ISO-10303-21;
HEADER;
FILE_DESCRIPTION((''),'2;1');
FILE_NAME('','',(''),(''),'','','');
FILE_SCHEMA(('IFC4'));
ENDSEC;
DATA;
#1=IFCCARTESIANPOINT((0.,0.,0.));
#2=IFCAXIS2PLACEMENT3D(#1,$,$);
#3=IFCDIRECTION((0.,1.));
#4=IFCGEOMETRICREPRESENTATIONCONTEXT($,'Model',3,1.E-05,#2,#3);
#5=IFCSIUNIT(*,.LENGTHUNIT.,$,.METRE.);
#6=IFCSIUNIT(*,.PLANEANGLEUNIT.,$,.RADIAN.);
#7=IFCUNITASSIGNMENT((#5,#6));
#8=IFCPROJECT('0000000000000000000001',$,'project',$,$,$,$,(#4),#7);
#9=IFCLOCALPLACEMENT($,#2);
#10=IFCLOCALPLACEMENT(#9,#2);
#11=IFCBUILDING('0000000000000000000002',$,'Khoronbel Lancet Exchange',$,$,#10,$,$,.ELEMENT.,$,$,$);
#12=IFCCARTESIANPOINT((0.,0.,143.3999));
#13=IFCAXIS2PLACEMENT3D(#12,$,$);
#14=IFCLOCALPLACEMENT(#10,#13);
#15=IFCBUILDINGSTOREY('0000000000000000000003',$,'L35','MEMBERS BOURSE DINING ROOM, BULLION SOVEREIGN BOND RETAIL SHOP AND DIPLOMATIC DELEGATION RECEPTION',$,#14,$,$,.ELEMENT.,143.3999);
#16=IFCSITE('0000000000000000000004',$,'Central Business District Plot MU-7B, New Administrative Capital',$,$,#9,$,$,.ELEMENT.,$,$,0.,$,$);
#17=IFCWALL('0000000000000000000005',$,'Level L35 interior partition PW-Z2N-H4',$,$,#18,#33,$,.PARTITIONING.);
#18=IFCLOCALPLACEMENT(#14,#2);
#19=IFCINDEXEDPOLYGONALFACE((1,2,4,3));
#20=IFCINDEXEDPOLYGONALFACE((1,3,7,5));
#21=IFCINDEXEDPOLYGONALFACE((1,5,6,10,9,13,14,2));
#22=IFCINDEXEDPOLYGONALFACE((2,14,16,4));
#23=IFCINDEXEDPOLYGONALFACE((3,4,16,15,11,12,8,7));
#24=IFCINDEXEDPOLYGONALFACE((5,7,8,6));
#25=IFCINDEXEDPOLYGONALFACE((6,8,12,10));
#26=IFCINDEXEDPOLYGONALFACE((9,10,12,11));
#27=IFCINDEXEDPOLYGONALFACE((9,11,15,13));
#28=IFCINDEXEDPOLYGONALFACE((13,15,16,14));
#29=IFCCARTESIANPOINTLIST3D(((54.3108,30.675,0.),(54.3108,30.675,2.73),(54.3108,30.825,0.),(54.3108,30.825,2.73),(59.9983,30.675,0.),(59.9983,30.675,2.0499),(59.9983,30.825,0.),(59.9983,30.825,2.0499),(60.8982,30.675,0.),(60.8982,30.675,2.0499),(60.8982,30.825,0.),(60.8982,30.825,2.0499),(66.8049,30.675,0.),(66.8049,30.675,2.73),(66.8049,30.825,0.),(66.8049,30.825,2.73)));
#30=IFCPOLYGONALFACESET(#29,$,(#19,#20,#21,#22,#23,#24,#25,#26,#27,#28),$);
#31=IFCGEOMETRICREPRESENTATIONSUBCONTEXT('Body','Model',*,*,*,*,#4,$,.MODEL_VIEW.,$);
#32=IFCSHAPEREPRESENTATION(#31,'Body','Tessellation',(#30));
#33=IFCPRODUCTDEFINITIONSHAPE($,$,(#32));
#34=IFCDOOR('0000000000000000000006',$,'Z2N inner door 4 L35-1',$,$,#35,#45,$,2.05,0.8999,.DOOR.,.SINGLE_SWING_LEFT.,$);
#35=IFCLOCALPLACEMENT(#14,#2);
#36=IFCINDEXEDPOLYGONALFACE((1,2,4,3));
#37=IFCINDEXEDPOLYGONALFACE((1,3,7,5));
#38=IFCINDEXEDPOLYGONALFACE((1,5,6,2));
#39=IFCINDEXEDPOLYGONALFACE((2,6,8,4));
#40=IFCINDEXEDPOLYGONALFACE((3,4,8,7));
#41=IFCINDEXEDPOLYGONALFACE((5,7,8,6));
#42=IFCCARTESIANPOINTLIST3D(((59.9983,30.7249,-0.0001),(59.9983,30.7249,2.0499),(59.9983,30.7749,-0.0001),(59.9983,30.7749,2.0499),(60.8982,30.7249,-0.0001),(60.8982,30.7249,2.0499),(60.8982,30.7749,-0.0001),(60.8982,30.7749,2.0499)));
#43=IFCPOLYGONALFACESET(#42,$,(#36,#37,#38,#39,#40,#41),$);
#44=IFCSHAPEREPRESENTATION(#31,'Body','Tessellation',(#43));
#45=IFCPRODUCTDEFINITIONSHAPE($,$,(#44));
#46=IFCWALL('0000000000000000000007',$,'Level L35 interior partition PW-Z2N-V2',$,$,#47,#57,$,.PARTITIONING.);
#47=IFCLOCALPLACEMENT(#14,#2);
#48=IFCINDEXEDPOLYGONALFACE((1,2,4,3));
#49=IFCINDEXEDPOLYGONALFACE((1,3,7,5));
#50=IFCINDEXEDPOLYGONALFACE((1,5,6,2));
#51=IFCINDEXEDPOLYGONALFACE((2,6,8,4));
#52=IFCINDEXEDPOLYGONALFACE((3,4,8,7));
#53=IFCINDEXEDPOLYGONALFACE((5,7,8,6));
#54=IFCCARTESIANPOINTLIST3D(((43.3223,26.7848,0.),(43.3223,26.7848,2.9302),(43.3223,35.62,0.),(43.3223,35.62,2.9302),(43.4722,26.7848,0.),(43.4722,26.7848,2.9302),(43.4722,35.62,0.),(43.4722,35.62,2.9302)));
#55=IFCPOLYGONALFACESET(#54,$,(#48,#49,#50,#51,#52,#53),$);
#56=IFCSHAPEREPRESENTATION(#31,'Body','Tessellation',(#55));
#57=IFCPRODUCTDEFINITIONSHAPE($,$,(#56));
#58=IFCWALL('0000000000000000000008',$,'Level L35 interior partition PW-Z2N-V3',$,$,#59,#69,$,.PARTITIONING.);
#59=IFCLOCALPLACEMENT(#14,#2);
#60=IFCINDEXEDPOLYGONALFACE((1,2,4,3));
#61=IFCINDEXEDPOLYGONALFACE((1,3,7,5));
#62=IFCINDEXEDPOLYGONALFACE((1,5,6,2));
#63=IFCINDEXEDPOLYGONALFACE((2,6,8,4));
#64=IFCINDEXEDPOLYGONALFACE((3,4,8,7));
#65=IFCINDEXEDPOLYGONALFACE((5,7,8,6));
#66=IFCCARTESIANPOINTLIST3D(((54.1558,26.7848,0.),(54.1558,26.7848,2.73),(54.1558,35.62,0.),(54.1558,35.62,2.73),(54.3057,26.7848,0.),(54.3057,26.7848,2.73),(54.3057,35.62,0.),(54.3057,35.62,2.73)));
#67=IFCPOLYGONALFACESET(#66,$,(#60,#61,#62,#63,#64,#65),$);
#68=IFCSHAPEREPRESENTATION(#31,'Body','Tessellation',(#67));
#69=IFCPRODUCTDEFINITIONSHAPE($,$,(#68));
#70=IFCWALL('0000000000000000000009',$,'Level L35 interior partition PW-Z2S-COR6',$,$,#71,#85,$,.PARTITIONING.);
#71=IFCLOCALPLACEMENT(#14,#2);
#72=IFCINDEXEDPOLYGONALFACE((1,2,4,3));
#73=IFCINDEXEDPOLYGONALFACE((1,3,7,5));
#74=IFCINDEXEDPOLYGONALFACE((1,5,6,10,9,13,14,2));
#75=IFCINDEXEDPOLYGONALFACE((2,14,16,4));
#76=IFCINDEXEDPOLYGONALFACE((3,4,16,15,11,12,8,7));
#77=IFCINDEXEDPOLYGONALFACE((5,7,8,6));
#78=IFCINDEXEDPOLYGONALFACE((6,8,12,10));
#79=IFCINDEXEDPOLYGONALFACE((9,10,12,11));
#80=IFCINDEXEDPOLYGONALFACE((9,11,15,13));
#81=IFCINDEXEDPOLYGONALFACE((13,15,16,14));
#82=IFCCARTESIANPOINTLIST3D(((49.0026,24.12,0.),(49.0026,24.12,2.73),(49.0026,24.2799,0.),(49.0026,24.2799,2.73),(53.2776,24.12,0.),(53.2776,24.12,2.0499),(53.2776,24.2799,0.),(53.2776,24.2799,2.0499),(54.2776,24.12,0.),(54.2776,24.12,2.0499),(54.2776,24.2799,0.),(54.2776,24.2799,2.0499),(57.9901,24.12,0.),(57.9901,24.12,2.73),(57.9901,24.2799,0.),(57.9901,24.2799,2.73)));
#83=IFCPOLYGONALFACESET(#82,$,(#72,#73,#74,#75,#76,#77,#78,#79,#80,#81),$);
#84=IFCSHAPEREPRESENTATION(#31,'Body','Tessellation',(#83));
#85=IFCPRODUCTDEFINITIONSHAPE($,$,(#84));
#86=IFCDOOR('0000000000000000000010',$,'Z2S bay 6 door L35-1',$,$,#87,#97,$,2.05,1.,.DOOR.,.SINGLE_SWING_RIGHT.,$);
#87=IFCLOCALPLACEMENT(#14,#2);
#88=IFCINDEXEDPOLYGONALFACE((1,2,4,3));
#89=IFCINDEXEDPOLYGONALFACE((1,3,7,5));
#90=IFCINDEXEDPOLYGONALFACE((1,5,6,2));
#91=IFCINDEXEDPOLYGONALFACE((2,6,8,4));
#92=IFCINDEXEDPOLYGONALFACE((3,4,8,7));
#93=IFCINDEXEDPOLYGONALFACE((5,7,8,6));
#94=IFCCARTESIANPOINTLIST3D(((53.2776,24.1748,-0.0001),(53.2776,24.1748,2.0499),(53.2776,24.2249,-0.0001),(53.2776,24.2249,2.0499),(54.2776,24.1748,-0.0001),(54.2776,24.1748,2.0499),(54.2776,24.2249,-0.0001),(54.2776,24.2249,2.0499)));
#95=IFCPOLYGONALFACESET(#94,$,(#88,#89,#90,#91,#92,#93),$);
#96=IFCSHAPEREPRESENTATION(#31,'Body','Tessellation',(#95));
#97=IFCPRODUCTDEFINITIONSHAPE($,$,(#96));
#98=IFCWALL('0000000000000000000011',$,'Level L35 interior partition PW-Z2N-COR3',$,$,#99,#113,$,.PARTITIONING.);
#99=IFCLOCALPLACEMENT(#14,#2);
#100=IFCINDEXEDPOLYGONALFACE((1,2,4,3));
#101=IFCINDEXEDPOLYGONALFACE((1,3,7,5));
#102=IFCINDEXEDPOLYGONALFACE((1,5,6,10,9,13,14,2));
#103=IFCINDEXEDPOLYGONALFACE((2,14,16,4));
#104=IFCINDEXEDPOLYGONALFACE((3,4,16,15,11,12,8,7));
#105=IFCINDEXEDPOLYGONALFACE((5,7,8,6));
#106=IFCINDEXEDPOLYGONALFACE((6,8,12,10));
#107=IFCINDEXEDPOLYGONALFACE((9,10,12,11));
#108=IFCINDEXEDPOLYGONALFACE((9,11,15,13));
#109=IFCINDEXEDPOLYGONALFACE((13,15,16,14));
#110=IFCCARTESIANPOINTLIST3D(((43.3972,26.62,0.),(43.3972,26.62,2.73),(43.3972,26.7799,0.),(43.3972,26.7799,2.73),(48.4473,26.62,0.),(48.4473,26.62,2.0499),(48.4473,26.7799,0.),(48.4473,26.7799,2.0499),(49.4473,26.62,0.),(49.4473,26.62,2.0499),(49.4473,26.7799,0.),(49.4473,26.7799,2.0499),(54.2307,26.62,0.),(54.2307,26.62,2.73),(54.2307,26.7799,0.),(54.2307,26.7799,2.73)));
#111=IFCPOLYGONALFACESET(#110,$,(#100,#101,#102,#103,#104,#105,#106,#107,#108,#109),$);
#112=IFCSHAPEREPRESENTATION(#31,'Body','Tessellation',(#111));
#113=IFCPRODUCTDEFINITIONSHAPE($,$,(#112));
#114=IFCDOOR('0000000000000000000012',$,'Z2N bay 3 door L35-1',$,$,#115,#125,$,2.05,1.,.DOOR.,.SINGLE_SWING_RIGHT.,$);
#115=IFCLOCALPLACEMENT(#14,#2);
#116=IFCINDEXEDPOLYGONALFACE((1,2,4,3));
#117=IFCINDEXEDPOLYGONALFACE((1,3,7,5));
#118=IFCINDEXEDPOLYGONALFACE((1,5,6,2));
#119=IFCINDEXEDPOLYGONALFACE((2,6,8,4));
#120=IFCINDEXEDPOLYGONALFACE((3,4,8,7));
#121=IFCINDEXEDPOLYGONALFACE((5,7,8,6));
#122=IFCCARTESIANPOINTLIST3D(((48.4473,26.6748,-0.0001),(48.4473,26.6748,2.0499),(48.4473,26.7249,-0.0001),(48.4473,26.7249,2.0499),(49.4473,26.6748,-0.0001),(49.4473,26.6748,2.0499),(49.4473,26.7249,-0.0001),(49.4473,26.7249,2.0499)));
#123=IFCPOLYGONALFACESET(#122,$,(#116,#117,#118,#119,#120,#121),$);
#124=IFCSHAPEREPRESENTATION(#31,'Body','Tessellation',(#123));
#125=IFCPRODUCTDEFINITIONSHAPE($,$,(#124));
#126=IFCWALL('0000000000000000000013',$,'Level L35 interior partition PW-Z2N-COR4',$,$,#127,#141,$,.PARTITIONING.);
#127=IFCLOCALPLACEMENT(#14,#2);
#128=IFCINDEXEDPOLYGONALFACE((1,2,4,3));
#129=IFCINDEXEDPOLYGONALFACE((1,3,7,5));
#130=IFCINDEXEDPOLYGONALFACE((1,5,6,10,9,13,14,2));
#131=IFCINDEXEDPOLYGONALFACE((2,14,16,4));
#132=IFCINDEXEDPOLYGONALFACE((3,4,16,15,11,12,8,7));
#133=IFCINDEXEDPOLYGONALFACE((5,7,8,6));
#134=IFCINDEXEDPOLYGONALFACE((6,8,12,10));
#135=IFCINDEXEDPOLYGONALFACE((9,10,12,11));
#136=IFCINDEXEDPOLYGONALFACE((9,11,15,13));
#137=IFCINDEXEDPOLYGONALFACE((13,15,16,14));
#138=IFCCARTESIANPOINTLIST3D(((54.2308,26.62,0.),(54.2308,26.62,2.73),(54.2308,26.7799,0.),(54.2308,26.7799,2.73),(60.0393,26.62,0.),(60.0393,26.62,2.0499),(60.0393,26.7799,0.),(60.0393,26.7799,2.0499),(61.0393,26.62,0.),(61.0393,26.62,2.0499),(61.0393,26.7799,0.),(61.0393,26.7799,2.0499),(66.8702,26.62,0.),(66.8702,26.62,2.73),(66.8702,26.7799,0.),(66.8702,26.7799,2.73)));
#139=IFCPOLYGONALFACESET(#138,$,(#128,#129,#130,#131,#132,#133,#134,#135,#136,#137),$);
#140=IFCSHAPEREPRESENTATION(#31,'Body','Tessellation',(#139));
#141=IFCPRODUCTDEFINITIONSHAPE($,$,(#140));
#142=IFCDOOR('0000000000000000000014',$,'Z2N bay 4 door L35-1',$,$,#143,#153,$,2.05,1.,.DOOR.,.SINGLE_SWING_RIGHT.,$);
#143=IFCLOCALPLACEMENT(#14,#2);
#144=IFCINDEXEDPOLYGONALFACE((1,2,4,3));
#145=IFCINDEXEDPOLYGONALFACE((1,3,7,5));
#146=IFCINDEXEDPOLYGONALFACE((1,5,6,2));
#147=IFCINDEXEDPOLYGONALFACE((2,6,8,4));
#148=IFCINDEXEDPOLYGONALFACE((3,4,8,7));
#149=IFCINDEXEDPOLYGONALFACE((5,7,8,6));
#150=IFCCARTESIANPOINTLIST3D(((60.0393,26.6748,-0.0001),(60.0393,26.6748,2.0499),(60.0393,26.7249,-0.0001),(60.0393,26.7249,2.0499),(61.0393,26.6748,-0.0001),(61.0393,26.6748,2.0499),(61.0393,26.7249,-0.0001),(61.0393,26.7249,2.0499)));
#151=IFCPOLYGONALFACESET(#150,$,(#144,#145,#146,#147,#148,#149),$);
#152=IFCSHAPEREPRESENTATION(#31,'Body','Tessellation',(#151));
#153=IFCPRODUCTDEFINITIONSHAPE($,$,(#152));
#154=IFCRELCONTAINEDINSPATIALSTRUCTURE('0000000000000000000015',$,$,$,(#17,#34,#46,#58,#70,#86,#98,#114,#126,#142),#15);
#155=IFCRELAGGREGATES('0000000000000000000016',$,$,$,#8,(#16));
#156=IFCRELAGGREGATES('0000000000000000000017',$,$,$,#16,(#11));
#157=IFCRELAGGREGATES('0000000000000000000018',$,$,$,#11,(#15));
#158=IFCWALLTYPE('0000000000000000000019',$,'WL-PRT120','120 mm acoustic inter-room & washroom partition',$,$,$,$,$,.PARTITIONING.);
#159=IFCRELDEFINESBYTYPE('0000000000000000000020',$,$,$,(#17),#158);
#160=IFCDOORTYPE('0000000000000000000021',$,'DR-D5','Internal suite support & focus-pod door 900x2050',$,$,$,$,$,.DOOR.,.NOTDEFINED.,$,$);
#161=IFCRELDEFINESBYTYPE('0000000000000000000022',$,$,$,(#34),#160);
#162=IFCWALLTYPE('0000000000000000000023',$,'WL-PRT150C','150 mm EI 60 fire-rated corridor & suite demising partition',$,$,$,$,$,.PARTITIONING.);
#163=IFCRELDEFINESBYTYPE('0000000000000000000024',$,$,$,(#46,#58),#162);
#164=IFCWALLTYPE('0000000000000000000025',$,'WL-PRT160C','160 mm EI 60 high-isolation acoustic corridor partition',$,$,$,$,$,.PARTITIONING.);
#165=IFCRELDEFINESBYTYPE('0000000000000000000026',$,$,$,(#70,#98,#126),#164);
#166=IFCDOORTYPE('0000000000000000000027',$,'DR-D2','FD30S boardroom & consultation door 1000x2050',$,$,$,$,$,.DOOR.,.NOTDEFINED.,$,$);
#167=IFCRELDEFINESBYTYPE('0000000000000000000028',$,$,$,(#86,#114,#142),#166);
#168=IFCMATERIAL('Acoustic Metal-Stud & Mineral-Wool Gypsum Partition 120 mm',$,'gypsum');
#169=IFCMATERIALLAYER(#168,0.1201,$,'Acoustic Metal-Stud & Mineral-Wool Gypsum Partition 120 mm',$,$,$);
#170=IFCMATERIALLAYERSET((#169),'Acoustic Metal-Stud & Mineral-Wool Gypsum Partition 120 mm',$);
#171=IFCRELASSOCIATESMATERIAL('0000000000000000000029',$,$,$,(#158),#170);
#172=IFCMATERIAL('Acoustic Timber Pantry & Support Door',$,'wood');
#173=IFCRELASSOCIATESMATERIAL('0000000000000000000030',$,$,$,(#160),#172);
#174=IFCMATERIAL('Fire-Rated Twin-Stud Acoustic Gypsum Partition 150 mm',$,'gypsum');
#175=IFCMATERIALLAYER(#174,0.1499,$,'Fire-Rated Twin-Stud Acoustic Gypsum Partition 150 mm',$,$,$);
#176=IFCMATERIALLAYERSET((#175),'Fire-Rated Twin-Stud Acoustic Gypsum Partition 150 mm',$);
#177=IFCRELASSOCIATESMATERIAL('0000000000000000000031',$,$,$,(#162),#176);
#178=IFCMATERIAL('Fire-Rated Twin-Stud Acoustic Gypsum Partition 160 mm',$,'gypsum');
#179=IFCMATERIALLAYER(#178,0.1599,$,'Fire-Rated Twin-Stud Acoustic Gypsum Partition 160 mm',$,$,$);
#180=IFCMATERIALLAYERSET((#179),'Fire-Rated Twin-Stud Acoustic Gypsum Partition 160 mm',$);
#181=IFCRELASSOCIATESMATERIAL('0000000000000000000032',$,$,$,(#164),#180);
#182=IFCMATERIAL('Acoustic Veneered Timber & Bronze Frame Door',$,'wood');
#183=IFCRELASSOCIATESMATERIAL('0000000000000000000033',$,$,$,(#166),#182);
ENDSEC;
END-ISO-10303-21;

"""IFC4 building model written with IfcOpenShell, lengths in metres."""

from ifc_helpers import new_model, si_unit, direction, frame, frame_2d, origin, place, context, subcontext, project, spatial, rectangle, extrude, material, layer, layer_set, type_object, element, fill, save


model = new_model("IFC4")

# Units and contexts
model_context = context("Model", 3, precision=1e-05, world=origin(), true_north=direction((0.0, 1.0)))
body_context = subcontext(model_context, "Body", "Model", "MODEL_VIEW")
ifc_project = project(units=[si_unit("LENGTHUNIT", "METRE"), si_unit("PLANEANGLEUNIT", "RADIAN")], contexts=[model_context])

# Site, building, storey
site_placement = place(None, origin())
site = spatial("IfcSite", under=ifc_project, at=site_placement, Name="Central Business District Plot MU-7B, New Administrative Capital", CompositionType="ELEMENT", RefElevation=0.0)
building_placement = place(site_placement, origin())
building = spatial("IfcBuilding", under=site, at=building_placement, Name="Khoronbel Lancet Exchange", CompositionType="ELEMENT")
storey_placement = place(building_placement, frame((0.0, 0.0, 143.3999)))
storey = spatial("IfcBuildingStorey", under=building, at=storey_placement, Name="L35", Description="MEMBERS BOURSE DINING ROOM, BULLION SOVEREIGN BOND RETAIL SHOP AND DIPLOMATIC DELEGATION RECEPTION", CompositionType="ELEMENT", Elevation=143.3999)

# Wall, opening, door
ifc_material_1 = material(Name="Acoustic Metal-Stud & Mineral-Wool Gypsum Partition 120 mm", Category="gypsum")
ifc_layer_1 = layer(ifc_material_1, 0.1201, Name="Acoustic Metal-Stud & Mineral-Wool Gypsum Partition 120 mm")
ifc_layer_set_1 = layer_set([ifc_layer_1], Name="Acoustic Metal-Stud & Mineral-Wool Gypsum Partition 120 mm")
wall_type_1 = type_object("IfcWallType", Name="WL-PRT120", Description="120 mm acoustic inter-room & washroom partition", PredefinedType="PARTITIONING", material=ifc_layer_set_1)
ifc_material_2 = material(Name="Acoustic Timber Pantry & Support Door", Category="wood")
door_type_1 = type_object("IfcDoorType", Name="DR-D5", Description="Internal suite support & focus-pod door 900x2050", OperationType="NOTDEFINED", PredefinedType="DOOR", material=ifc_material_2)
wall_1_placement = place(storey_placement, frame((54.3108, 30.75, 0.0), z_axis=(0.0, 0.0, 1.0), x_axis=(1.0, 0.0, 0.0)))
wall_1 = element("IfcWall", 1, at=wall_1_placement, inside=storey, type_object=wall_type_1, Name="Level L35 interior partition PW-Z2N-H4", PredefinedType="PARTITIONING", context=body_context, shape_type="SweptSolid", body=[
    extrude(rectangle(XDim=12.4941, YDim=0.1499, at=frame_2d((6.2471, 0.0))), origin(), (0.0, 0.0, 1.0), 2.73),
])
opening_1_placement = place(wall_1_placement, frame((5.6875, 0.0, 0.0)))
opening_1 = element("IfcOpeningElement", 2, at=opening_1_placement, cuts=wall_1, PredefinedType="OPENING", context=body_context, shape_type="SweptSolid", body=[
    extrude(rectangle(XDim=0.8999, YDim=2.05, at=frame_2d((0.45, 1.0249))), frame((0.0, 0.085, 0.0), z_axis=(0.0, -1.0, 0.0), x_axis=(1.0, 0.0, 0.0)), (0.0, 0.0, 1.0), 0.1699),
])
door_1_placement = place(opening_1_placement, origin())
door_1 = element("IfcDoor", 3, at=door_1_placement, inside=storey, type_object=door_type_1, Name="Z2N inner door 4 L35-1", OperationType="SINGLE_SWING_LEFT", OverallHeight=2.05, OverallWidth=0.8999, PredefinedType="DOOR", context=body_context, shape_type="SweptSolid", body=[
    extrude(rectangle(XDim=0.8999, YDim=2.05, at=frame_2d((0.45, 1.0249))), frame((0.0, 0.0249, 0.0), z_axis=(0.0, -1.0, 0.0), x_axis=(1.0, 0.0, 0.0)), (0.0, 0.0, 1.0), 0.05),
])
fill(opening_1, door_1)

# Walls
ifc_material_3 = material(Name="Fire-Rated Twin-Stud Acoustic Gypsum Partition 150 mm", Category="gypsum")
ifc_layer_2 = layer(ifc_material_3, 0.1499, Name="Fire-Rated Twin-Stud Acoustic Gypsum Partition 150 mm")
ifc_layer_set_2 = layer_set([ifc_layer_2], Name="Fire-Rated Twin-Stud Acoustic Gypsum Partition 150 mm")
wall_type_2 = type_object("IfcWallType", Name="WL-PRT150C", Description="150 mm EI 60 fire-rated corridor & suite demising partition", PredefinedType="PARTITIONING", material=ifc_layer_set_2)
wall_2_placement = place(storey_placement, frame((43.3972, 26.7849, 0.0), z_axis=(0.0, 0.0, 1.0), x_axis=(0.0, 1.0, 0.0)))
element("IfcWall", 4, at=wall_2_placement, inside=storey, type_object=wall_type_2, Name="Level L35 interior partition PW-Z2N-V2", PredefinedType="PARTITIONING", context=body_context, shape_type="SweptSolid", body=[
    extrude(rectangle(XDim=8.8352, YDim=0.1499, at=frame_2d((4.4175, 0.0))), origin(), (0.0, 0.0, 1.0), 2.9302),
])
wall_3_placement = place(storey_placement, frame((54.2307, 26.7849, 0.0), z_axis=(0.0, 0.0, 1.0), x_axis=(0.0, 1.0, 0.0)))
element("IfcWall", 5, at=wall_3_placement, inside=storey, type_object=wall_type_2, Name="Level L35 interior partition PW-Z2N-V3", PredefinedType="PARTITIONING", context=body_context, shape_type="SweptSolid", body=[
    extrude(rectangle(XDim=8.8352, YDim=0.1499, at=frame_2d((4.4175, 0.0))), origin(), (0.0, 0.0, 1.0), 2.73),
])

# Walls, openings, doors
ifc_material_4 = material(Name="Fire-Rated Twin-Stud Acoustic Gypsum Partition 160 mm", Category="gypsum")
ifc_layer_3 = layer(ifc_material_4, 0.1599, Name="Fire-Rated Twin-Stud Acoustic Gypsum Partition 160 mm")
ifc_layer_set_3 = layer_set([ifc_layer_3], Name="Fire-Rated Twin-Stud Acoustic Gypsum Partition 160 mm")
wall_type_3 = type_object("IfcWallType", Name="WL-PRT160C", Description="160 mm EI 60 high-isolation acoustic corridor partition", PredefinedType="PARTITIONING", material=ifc_layer_set_3)
wall_4_placement = place(storey_placement, frame((49.0027, 24.2, 0.0), z_axis=(0.0, 0.0, 1.0), x_axis=(1.0, 0.0, 0.0)))
wall_4 = element("IfcWall", 6, at=wall_4_placement, inside=storey, type_object=wall_type_3, Name="Level L35 interior partition PW-Z2S-COR6", PredefinedType="PARTITIONING", context=body_context, shape_type="SweptSolid", body=[
    extrude(rectangle(XDim=8.9875, YDim=0.1599, at=frame_2d((4.4937, 0.0))), origin(), (0.0, 0.0, 1.0), 2.73),
])
opening_2_placement = place(wall_4_placement, frame((4.2749, 0.0, 0.0)))
opening_2 = element("IfcOpeningElement", 7, at=opening_2_placement, cuts=wall_4, PredefinedType="OPENING", context=body_context, shape_type="SweptSolid", body=[
    extrude(rectangle(XDim=1.0, YDim=2.05, at=frame_2d((0.5, 1.0249))), frame((0.0, 0.0898, 0.0), z_axis=(0.0, -1.0, 0.0), x_axis=(1.0, 0.0, 0.0)), (0.0, 0.0, 1.0), 0.1799),
])
ifc_material_5 = material(Name="Acoustic Veneered Timber & Bronze Frame Door", Category="wood")
door_type_2 = type_object("IfcDoorType", Name="DR-D2", Description="FD30S boardroom & consultation door 1000x2050", OperationType="NOTDEFINED", PredefinedType="DOOR", material=ifc_material_5)
door_2_placement = place(opening_2_placement, origin())
door_2 = element("IfcDoor", 8, at=door_2_placement, inside=storey, type_object=door_type_2, Name="Z2S bay 6 door L35-1", OperationType="SINGLE_SWING_RIGHT", OverallHeight=2.05, OverallWidth=1.0, PredefinedType="DOOR", context=body_context, shape_type="SweptSolid", body=[
    extrude(rectangle(XDim=1.0, YDim=2.05, at=frame_2d((0.5, 1.0249))), frame((0.0, 0.0249, 0.0), z_axis=(0.0, -1.0, 0.0), x_axis=(1.0, 0.0, 0.0)), (0.0, 0.0, 1.0), 0.05),
])
fill(opening_2, door_2)
wall_5_placement = place(storey_placement, frame((43.3972, 26.7, 0.0), z_axis=(0.0, 0.0, 1.0), x_axis=(1.0, 0.0, 0.0)))
wall_5 = element("IfcWall", 9, at=wall_5_placement, inside=storey, type_object=wall_type_3, Name="Level L35 interior partition PW-Z2N-COR3", PredefinedType="PARTITIONING", context=body_context, shape_type="SweptSolid", body=[
    extrude(rectangle(XDim=10.8335, YDim=0.1599, at=frame_2d((5.4167, 0.0))), origin(), (0.0, 0.0, 1.0), 2.73),
])
opening_3_placement = place(wall_5_placement, frame((5.05, 0.0, 0.0)))
opening_3 = element("IfcOpeningElement", 10, at=opening_3_placement, cuts=wall_5, PredefinedType="OPENING", context=body_context, shape_type="SweptSolid", body=[
    extrude(rectangle(XDim=1.0, YDim=2.05, at=frame_2d((0.5, 1.0249))), frame((0.0, 0.0898, 0.0), z_axis=(0.0, -1.0, 0.0), x_axis=(1.0, 0.0, 0.0)), (0.0, 0.0, 1.0), 0.1799),
])
door_3_placement = place(opening_3_placement, origin())
door_3 = element("IfcDoor", 11, at=door_3_placement, inside=storey, type_object=door_type_2, Name="Z2N bay 3 door L35-1", OperationType="SINGLE_SWING_RIGHT", OverallHeight=2.05, OverallWidth=1.0, PredefinedType="DOOR", context=body_context, shape_type="SweptSolid", body=[
    extrude(rectangle(XDim=1.0, YDim=2.05, at=frame_2d((0.5, 1.0249))), frame((0.0, 0.0249, 0.0), z_axis=(0.0, -1.0, 0.0), x_axis=(1.0, 0.0, 0.0)), (0.0, 0.0, 1.0), 0.05),
])
fill(opening_3, door_3)
wall_6_placement = place(storey_placement, frame((54.2307, 26.7, 0.0), z_axis=(0.0, 0.0, 1.0), x_axis=(1.0, 0.0, 0.0)))
wall_6 = element("IfcWall", 12, at=wall_6_placement, inside=storey, type_object=wall_type_3, Name="Level L35 interior partition PW-Z2N-COR4", PredefinedType="PARTITIONING", context=body_context, shape_type="SweptSolid", body=[
    extrude(rectangle(XDim=12.6394, YDim=0.1599, at=frame_2d((6.3198, 0.0))), origin(), (0.0, 0.0, 1.0), 2.73),
])
opening_4_placement = place(wall_6_placement, frame((5.8086, 0.0, 0.0)))
opening_4 = element("IfcOpeningElement", 13, at=opening_4_placement, cuts=wall_6, PredefinedType="OPENING", context=body_context, shape_type="SweptSolid", body=[
    extrude(rectangle(XDim=1.0, YDim=2.05, at=frame_2d((0.5, 1.0249))), frame((0.0, 0.0898, 0.0), z_axis=(0.0, -1.0, 0.0), x_axis=(1.0, 0.0, 0.0)), (0.0, 0.0, 1.0), 0.1799),
])
door_4_placement = place(opening_4_placement, origin())
door_4 = element("IfcDoor", 14, at=door_4_placement, inside=storey, type_object=door_type_2, Name="Z2N bay 4 door L35-1", OperationType="SINGLE_SWING_RIGHT", OverallHeight=2.05, OverallWidth=1.0, PredefinedType="DOOR", context=body_context, shape_type="SweptSolid", body=[
    extrude(rectangle(XDim=1.0, YDim=2.05, at=frame_2d((0.5, 1.0249))), frame((0.0, 0.0249, 0.0), z_axis=(0.0, -1.0, 0.0), x_axis=(1.0, 0.0, 0.0)), (0.0, 0.0, 1.0), 0.05),
])
fill(opening_4, door_4)

save(model, "model.ifc")
